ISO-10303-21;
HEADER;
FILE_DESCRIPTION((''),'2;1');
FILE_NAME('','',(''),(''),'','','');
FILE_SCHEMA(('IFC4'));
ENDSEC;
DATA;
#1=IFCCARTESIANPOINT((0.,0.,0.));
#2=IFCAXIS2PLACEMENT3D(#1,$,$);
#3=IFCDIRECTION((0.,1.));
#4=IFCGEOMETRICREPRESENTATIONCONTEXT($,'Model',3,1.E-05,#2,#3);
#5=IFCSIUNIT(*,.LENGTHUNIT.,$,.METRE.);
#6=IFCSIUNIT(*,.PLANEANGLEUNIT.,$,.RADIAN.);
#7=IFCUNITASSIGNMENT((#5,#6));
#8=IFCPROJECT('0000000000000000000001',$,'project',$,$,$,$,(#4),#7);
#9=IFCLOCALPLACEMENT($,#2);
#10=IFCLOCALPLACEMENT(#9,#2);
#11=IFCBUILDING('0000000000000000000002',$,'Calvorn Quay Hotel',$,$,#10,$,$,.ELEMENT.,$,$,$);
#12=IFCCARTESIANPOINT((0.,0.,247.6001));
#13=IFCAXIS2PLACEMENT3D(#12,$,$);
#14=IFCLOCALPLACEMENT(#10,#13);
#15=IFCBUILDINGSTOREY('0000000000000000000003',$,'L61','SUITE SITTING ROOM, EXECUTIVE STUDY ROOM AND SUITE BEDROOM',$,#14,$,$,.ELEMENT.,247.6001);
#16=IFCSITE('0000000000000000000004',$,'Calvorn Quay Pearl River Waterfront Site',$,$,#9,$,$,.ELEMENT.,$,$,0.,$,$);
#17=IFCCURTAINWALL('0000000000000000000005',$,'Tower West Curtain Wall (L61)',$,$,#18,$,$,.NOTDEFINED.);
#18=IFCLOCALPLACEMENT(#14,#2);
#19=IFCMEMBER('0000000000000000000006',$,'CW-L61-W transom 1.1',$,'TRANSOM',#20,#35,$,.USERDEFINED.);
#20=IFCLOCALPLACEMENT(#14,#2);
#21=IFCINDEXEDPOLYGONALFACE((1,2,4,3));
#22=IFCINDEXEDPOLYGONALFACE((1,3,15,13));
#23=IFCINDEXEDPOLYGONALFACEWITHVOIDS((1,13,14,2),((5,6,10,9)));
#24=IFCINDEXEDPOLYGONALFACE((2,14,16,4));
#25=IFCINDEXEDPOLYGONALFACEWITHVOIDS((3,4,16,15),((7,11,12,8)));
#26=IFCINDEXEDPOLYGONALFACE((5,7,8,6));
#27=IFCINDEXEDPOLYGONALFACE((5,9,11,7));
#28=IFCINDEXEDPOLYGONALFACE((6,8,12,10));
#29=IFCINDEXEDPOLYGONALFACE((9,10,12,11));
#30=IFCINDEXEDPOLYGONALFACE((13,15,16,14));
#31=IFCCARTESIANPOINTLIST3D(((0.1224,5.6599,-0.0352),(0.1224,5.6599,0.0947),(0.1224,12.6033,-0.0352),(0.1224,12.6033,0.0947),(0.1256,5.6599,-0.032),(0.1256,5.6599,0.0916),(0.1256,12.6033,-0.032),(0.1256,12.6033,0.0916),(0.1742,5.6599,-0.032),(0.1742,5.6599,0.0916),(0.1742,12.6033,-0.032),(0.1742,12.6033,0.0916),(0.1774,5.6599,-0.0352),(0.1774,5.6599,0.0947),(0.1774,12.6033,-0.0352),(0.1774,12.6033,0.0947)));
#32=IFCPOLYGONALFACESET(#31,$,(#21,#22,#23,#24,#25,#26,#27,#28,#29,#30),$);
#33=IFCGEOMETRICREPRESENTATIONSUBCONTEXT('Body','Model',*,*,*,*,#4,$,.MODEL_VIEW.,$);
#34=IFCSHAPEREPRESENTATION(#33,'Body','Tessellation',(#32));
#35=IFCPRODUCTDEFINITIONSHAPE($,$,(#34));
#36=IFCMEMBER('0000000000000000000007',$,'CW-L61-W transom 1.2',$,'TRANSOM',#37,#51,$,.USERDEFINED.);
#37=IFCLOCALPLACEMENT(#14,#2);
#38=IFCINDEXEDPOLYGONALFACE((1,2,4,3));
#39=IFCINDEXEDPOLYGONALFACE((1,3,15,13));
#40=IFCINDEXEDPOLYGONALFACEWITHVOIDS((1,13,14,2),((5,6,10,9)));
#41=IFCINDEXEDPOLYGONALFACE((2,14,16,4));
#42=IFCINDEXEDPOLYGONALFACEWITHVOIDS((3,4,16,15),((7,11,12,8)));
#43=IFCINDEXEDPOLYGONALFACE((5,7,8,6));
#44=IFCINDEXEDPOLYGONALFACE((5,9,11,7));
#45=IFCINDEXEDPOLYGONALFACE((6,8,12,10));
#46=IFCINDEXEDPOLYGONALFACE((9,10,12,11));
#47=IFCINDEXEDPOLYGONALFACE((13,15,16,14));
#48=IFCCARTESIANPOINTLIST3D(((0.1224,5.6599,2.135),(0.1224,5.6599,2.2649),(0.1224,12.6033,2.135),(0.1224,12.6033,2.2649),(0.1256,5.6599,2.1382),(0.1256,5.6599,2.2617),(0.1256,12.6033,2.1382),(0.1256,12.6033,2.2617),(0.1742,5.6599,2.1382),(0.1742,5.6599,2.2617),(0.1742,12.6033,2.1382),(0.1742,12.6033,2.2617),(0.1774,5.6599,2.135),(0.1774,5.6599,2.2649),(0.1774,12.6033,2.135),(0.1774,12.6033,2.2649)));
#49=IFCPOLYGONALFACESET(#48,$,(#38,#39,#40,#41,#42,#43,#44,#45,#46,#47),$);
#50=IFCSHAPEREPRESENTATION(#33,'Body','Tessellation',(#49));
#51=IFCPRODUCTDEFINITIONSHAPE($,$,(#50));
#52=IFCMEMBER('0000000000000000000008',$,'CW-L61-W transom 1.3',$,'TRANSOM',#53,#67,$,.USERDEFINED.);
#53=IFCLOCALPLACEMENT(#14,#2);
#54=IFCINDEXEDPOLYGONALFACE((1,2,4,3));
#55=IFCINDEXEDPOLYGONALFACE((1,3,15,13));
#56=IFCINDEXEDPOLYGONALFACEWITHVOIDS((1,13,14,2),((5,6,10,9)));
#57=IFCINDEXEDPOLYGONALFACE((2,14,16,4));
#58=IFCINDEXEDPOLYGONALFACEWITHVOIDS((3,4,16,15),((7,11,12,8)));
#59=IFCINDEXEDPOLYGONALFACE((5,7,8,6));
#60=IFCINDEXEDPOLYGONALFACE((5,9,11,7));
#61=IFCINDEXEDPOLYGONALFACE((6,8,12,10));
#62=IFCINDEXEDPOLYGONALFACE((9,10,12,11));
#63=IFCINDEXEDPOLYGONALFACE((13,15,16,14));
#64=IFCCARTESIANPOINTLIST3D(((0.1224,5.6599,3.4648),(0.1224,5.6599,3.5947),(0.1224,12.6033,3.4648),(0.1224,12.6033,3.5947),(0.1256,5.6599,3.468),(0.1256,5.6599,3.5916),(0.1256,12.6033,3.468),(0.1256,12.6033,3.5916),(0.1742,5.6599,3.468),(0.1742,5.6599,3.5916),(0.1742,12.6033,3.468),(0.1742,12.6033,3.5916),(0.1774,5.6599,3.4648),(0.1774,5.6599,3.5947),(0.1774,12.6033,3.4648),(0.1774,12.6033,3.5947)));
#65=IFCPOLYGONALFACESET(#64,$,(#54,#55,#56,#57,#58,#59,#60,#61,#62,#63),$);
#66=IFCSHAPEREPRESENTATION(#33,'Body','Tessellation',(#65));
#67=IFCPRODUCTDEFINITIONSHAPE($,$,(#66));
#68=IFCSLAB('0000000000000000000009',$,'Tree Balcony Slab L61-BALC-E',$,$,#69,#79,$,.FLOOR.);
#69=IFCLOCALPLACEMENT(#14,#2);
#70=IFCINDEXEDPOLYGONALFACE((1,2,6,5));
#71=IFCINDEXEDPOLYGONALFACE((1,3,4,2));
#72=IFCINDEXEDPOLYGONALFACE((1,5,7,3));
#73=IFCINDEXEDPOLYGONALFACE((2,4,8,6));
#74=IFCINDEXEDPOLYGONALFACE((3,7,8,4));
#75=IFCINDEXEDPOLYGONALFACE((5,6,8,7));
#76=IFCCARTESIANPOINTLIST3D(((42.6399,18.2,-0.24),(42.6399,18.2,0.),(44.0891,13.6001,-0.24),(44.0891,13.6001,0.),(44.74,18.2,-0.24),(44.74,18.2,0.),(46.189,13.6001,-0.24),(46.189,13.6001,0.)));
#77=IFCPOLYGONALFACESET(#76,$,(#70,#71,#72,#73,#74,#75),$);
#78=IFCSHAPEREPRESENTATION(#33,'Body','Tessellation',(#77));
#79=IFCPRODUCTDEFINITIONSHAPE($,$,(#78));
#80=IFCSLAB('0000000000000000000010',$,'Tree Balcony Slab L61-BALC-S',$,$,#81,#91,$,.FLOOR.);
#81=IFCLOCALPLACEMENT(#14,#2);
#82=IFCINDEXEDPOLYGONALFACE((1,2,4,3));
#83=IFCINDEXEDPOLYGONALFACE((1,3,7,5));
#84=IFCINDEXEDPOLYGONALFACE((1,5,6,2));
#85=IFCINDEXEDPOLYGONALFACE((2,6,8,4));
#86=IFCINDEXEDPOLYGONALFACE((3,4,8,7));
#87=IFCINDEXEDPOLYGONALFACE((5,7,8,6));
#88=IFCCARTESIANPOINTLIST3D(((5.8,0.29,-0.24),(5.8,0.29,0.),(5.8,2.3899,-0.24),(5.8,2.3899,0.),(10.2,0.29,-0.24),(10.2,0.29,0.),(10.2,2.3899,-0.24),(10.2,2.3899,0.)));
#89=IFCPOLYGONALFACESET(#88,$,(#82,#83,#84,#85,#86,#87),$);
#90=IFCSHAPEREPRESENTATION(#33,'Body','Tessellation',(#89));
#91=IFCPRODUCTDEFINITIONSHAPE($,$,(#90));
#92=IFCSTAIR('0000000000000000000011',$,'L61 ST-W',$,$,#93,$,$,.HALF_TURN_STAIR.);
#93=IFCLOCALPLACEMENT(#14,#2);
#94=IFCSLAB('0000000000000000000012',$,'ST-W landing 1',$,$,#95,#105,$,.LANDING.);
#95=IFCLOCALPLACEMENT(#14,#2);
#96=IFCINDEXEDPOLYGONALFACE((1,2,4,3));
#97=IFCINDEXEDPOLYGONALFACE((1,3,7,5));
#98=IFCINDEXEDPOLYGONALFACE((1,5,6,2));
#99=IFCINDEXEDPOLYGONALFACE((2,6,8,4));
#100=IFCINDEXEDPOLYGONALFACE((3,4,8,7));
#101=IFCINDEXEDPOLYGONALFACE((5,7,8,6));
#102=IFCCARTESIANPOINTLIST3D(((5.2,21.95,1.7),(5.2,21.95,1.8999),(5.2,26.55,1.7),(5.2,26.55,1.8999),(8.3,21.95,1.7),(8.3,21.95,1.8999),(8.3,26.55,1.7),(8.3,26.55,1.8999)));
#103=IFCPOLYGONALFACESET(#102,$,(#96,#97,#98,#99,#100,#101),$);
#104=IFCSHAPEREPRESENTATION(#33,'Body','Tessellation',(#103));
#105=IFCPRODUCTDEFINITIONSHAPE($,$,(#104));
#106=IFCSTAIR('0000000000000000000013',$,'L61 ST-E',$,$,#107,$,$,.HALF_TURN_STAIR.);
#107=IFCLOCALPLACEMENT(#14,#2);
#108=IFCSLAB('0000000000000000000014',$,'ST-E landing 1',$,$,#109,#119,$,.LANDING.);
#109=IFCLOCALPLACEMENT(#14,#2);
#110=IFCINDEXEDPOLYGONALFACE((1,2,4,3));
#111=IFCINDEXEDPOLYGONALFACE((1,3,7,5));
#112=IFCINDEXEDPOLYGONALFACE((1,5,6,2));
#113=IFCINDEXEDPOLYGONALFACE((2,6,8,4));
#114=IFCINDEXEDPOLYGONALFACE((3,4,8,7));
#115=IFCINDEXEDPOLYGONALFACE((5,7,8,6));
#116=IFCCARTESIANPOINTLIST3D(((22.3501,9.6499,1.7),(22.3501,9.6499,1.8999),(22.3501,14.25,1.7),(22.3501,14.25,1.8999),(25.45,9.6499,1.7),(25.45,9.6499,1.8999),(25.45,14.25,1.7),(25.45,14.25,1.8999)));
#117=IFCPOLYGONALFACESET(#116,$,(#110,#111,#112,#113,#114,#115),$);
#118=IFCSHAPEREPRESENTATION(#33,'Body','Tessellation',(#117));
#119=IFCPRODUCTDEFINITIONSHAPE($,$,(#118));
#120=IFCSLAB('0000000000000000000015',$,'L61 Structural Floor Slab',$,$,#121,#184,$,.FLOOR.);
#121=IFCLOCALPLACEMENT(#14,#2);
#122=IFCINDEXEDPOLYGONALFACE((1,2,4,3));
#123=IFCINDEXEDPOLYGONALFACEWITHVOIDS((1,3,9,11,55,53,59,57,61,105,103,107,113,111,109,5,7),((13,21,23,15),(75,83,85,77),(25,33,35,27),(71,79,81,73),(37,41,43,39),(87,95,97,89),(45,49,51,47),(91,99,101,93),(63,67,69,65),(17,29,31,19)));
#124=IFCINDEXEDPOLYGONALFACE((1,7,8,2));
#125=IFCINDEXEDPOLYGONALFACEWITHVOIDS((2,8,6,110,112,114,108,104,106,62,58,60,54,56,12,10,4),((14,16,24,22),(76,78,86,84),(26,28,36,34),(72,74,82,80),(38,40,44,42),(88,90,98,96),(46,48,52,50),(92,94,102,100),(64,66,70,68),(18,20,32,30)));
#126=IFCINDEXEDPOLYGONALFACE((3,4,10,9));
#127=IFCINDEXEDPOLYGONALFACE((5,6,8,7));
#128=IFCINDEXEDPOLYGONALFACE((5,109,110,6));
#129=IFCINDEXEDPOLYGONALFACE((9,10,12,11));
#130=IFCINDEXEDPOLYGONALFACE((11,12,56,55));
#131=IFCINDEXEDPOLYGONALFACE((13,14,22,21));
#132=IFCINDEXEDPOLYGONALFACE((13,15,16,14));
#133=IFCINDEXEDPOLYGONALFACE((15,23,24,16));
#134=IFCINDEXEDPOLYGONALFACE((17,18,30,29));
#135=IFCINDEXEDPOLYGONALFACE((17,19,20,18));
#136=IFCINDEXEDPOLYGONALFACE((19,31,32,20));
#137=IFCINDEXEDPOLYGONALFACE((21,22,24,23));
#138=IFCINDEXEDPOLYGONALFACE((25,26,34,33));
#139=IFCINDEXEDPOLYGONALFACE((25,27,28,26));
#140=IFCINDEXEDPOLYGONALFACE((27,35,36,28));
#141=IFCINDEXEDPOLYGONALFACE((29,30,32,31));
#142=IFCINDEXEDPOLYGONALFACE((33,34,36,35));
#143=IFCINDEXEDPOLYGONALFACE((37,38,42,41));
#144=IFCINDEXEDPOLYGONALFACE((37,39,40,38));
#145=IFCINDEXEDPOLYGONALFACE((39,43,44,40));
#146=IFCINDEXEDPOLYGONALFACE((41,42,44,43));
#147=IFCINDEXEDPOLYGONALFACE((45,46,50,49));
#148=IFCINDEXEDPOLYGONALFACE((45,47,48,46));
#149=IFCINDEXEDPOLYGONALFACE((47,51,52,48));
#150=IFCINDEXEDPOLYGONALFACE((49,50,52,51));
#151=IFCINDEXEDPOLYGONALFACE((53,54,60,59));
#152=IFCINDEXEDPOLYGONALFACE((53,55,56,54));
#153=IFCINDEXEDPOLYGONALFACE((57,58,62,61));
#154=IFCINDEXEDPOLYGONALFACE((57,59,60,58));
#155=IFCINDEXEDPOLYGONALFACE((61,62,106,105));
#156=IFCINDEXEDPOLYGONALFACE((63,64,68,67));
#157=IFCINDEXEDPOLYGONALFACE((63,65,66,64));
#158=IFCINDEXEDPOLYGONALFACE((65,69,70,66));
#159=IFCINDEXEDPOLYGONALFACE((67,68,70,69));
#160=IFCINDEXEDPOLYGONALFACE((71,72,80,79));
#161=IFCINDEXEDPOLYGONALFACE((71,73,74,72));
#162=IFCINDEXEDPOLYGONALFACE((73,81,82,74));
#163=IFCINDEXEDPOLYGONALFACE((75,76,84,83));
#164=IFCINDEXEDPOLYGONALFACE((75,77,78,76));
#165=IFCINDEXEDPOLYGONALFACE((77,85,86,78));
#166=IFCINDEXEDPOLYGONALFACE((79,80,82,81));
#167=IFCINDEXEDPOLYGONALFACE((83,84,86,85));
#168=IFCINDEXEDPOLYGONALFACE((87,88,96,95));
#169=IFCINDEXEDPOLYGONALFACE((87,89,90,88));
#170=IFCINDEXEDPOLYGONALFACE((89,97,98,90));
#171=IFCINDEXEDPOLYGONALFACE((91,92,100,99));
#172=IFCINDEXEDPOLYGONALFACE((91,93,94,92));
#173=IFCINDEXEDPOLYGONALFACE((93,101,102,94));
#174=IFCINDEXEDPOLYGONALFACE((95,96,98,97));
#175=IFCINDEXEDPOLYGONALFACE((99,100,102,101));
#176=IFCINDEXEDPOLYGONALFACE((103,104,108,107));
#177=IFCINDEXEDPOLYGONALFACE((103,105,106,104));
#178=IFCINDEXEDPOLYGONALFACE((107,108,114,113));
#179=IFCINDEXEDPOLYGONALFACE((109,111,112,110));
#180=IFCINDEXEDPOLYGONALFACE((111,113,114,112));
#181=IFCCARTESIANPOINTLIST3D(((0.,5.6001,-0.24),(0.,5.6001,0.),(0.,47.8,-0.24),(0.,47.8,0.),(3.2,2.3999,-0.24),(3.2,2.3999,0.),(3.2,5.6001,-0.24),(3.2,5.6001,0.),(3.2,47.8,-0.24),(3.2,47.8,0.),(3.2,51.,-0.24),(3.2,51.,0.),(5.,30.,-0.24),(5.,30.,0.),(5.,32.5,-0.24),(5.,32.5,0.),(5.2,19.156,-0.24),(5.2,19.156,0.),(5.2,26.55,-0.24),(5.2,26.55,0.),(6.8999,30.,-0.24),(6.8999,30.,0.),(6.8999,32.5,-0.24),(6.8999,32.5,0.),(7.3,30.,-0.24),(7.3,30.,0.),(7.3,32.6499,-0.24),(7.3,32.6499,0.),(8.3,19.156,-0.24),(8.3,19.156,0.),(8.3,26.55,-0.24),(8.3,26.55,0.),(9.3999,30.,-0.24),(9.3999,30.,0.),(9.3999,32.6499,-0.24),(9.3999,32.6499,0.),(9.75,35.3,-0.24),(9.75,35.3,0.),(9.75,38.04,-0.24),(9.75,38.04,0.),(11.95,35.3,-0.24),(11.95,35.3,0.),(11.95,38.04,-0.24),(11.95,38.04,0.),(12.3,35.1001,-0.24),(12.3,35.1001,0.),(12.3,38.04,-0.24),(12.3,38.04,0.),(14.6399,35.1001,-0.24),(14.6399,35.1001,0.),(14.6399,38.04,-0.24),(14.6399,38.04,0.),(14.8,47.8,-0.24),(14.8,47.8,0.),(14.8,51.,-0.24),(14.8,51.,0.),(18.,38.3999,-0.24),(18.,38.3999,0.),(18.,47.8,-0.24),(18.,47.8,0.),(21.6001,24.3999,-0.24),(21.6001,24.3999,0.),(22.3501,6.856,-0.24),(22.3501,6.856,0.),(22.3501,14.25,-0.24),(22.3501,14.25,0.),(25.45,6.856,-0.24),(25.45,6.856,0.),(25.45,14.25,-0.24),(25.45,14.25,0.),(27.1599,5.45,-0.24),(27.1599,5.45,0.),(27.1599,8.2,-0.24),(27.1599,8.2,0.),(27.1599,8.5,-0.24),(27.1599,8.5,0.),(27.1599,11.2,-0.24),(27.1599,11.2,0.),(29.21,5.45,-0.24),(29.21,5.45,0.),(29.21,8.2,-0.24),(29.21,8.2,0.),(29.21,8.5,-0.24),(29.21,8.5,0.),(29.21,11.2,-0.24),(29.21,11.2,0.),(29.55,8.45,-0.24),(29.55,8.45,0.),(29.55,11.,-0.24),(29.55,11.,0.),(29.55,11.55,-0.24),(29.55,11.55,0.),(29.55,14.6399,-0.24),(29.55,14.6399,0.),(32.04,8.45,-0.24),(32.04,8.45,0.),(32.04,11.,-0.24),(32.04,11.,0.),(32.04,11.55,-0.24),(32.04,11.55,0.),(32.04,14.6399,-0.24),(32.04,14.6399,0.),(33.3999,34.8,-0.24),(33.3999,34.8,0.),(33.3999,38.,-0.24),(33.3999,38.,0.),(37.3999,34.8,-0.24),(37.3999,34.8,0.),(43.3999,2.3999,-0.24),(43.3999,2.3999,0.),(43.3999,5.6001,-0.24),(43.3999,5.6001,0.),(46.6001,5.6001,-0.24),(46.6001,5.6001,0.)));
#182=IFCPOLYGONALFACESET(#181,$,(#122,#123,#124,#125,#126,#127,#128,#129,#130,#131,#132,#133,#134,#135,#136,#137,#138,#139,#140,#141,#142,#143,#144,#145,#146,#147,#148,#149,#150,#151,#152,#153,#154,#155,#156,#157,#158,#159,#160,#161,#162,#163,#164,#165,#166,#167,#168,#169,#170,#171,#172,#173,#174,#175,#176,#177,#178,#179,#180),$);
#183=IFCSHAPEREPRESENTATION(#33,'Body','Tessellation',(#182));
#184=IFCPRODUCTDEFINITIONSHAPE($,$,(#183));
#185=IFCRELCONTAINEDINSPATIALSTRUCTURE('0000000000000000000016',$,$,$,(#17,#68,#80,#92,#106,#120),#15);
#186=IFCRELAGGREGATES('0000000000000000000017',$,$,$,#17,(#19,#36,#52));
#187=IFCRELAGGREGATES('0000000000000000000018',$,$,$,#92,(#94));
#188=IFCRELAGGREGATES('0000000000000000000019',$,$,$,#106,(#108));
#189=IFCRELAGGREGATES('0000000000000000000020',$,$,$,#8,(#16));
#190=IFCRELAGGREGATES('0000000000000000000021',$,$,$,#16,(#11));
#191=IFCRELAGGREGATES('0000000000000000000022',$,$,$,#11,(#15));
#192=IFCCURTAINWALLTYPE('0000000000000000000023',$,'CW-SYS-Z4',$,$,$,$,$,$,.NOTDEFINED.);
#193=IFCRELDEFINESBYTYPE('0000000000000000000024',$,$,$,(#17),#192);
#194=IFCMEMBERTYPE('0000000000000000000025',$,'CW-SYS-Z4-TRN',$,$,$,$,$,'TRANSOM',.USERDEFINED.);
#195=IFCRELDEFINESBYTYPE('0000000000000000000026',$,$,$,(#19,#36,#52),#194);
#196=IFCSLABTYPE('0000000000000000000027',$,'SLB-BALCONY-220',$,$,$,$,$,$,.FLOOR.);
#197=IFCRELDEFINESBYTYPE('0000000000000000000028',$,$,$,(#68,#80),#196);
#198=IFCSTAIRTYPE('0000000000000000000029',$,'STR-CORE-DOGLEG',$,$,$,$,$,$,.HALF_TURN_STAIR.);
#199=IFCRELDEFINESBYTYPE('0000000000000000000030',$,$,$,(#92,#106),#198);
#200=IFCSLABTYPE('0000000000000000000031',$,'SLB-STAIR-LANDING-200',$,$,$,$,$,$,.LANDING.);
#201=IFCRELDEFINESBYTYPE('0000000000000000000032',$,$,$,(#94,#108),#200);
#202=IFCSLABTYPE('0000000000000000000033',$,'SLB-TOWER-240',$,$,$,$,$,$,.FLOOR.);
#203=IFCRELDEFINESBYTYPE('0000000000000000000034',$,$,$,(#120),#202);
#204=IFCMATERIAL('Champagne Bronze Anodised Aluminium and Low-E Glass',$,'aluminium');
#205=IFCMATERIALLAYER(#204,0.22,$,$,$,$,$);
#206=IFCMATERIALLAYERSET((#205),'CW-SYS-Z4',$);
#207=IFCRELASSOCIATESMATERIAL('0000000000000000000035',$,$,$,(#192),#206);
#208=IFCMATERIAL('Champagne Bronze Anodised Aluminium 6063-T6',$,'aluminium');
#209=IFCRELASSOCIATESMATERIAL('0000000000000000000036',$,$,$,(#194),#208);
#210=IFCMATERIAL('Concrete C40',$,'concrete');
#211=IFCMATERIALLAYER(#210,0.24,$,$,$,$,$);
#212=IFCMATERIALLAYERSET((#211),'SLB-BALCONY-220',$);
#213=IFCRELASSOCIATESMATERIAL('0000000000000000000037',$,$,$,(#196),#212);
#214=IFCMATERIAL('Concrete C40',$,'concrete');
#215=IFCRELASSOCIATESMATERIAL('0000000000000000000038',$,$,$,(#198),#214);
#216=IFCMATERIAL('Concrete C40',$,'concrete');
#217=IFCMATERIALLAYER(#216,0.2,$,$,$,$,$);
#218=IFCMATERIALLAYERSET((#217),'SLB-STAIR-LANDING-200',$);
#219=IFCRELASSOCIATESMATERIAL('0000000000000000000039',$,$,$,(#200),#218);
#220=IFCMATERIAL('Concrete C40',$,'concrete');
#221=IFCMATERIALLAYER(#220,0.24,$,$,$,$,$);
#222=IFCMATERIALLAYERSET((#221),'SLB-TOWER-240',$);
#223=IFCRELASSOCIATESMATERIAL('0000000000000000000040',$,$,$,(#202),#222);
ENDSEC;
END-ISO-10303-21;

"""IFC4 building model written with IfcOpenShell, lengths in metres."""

from ifc_helpers import new_model, si_unit, direction, frame, origin, origin_2d, place, context, subcontext, project, spatial, polyline, hollow_rectangle, outline, extrude, material, layer, layer_set, material_profile, profile_set, type_object, element, aggregate, save


model = new_model("IFC4")

# Units and contexts
model_context = context("Model", 3, precision=1e-05, world=origin(), true_north=direction((0.0, 1.0)))
body_context = subcontext(model_context, "Body", "Model", "MODEL_VIEW")
ifc_project = project(units=[si_unit("LENGTHUNIT", "METRE"), si_unit("PLANEANGLEUNIT", "RADIAN")], contexts=[model_context])

# Site, building, storey
site_placement = place(None, origin())
site = spatial("IfcSite", under=ifc_project, at=site_placement, Name="Calvorn Quay Pearl River Waterfront Site", CompositionType="ELEMENT", RefElevation=0.0)
building_placement = place(site_placement, origin())
building = spatial("IfcBuilding", under=site, at=building_placement, Name="Calvorn Quay Hotel", CompositionType="ELEMENT")
storey_placement = place(building_placement, frame((0.0, 0.0, 247.6001)))
storey = spatial("IfcBuildingStorey", under=building, at=storey_placement, Name="L61", Description="SUITE SITTING ROOM, EXECUTIVE STUDY ROOM AND SUITE BEDROOM", CompositionType="ELEMENT", Elevation=247.6001)

# Curtain wall, members
ifc_material_1 = material(Name="Champagne Bronze Anodised Aluminium and Low-E Glass", Category="aluminium")
ifc_layer_1 = layer(ifc_material_1, 0.22)
ifc_layer_set_1 = layer_set([ifc_layer_1], Name="CW-SYS-Z4")
curtain_wall_type = type_object("IfcCurtainWallType", Name="CW-SYS-Z4", PredefinedType="NOTDEFINED", material=ifc_layer_set_1)
curtain_wall_placement = place(storey_placement, origin())
curtain_wall = element("IfcCurtainWall", 1, at=curtain_wall_placement, inside=storey, type_object=curtain_wall_type, Name="Tower West Curtain Wall (L61)", PredefinedType="NOTDEFINED")
ifc_material_2 = material(Name="Champagne Bronze Anodised Aluminium 6063-T6", Category="aluminium")
ifc_material_profile_1 = material_profile(ifc_material_2, hollow_rectangle(XDim=0.0549, YDim=0.1299, WallThickness=0.0032, at=origin_2d()), Name="ALU-T130x55x3.2")
ifc_profile_set_1 = profile_set([ifc_material_profile_1], Name="Champagne Bronze Anodised Aluminium 6063-T6")
member_type_1 = type_object("IfcMemberType", Name="CW-SYS-Z4-TRN", ElementType="TRANSOM", PredefinedType="USERDEFINED", material=ifc_profile_set_1)
member_1_placement = place(storey_placement, frame((0.1499, 5.6599, 0.0298), z_axis=(0.0, 1.0, 0.0), x_axis=(-1.0, 0.0, 0.0)))
member_1 = element("IfcMember", 2, at=member_1_placement, type_object=member_type_1, Name="CW-L61-W transom 1.1", ObjectType="TRANSOM", PredefinedType="USERDEFINED", context=body_context, shape_type="SweptSolid", body=[
    extrude(hollow_rectangle(XDim=0.0549, YDim=0.1299, WallThickness=0.0032, at=origin_2d()), origin(), (0.0, 0.0, 1.0), 6.9434),
])
member_2_placement = place(storey_placement, frame((0.1499, 5.6599, 2.2), z_axis=(0.0, 1.0, 0.0), x_axis=(-1.0, 0.0, 0.0)))
member_2 = element("IfcMember", 3, at=member_2_placement, type_object=member_type_1, Name="CW-L61-W transom 1.2", ObjectType="TRANSOM", PredefinedType="USERDEFINED", context=body_context, shape_type="SweptSolid", body=[
    extrude(hollow_rectangle(XDim=0.0549, YDim=0.1299, WallThickness=0.0032, at=origin_2d()), origin(), (0.0, 0.0, 1.0), 6.9434),
])
member_3_placement = place(storey_placement, frame((0.1499, 5.6599, 3.5298), z_axis=(0.0, 1.0, 0.0), x_axis=(-1.0, 0.0, 0.0)))
member_3 = element("IfcMember", 4, at=member_3_placement, type_object=member_type_1, Name="CW-L61-W transom 1.3", ObjectType="TRANSOM", PredefinedType="USERDEFINED", context=body_context, shape_type="SweptSolid", body=[
    extrude(hollow_rectangle(XDim=0.0549, YDim=0.1299, WallThickness=0.0032, at=origin_2d()), origin(), (0.0, 0.0, 1.0), 6.9434),
])
aggregate(curtain_wall, [member_1, member_2, member_3])

# Slabs
ifc_material_3 = material(Name="Concrete C40", Category="concrete")
ifc_layer_2 = layer(ifc_material_3, 0.24)
ifc_layer_set_2 = layer_set([ifc_layer_2], Name="SLB-BALCONY-220")
slab_type_1 = type_object("IfcSlabType", Name="SLB-BALCONY-220", PredefinedType="FLOOR", material=ifc_layer_set_2)
slab_1_placement = place(storey_placement, frame((0.0, 0.0, -0.24)))
element("IfcSlab", 5, at=slab_1_placement, inside=storey, type_object=slab_type_1, Name="Tree Balcony Slab L61-BALC-E", PredefinedType="FLOOR", context=body_context, shape_type="SweptSolid", body=[
    extrude(outline(polyline([(44.0891, 13.6001), (46.189, 13.6001), (44.74, 18.2), (42.6399, 18.2), (44.0891, 13.6001)])), origin(), (0.0, 0.0, 1.0), 0.24),
])
slab_2_placement = place(storey_placement, frame((0.0, 0.0, -0.24)))
element("IfcSlab", 6, at=slab_2_placement, inside=storey, type_object=slab_type_1, Name="Tree Balcony Slab L61-BALC-S", PredefinedType="FLOOR", context=body_context, shape_type="SweptSolid", body=[
    extrude(outline(polyline([(5.8, 0.29), (10.2, 0.29), (10.2, 2.3899), (5.8, 2.3899), (5.8, 0.29)])), origin(), (0.0, 0.0, 1.0), 0.24),
])

# Stairs, slabs
ifc_material_4 = material(Name="Concrete C40", Category="concrete")
stair_type = type_object("IfcStairType", Name="STR-CORE-DOGLEG", PredefinedType="HALF_TURN_STAIR", material=ifc_material_4)
stair_1_placement = place(storey_placement, origin())
stair_1 = element("IfcStair", 7, at=stair_1_placement, inside=storey, type_object=stair_type, Name="L61 ST-W", PredefinedType="HALF_TURN_STAIR")
ifc_material_5 = material(Name="Concrete C40", Category="concrete")
ifc_layer_3 = layer(ifc_material_5, 0.2)
ifc_layer_set_3 = layer_set([ifc_layer_3], Name="SLB-STAIR-LANDING-200")
slab_type_2 = type_object("IfcSlabType", Name="SLB-STAIR-LANDING-200", PredefinedType="LANDING", material=ifc_layer_set_3)
slab_3_placement = place(storey_placement, frame((0.0, 0.0, 1.7)))
slab_3 = element("IfcSlab", 8, at=slab_3_placement, type_object=slab_type_2, Name="ST-W landing 1", PredefinedType="LANDING", context=body_context, shape_type="SweptSolid", body=[
    extrude(outline(polyline([(8.3, 21.95), (8.3, 26.55), (5.2, 26.55), (5.2, 21.95), (8.3, 21.95)])), origin(), (0.0, 0.0, 1.0), 0.2),
])
aggregate(stair_1, [slab_3])
stair_2_placement = place(storey_placement, origin())
stair_2 = element("IfcStair", 9, at=stair_2_placement, inside=storey, type_object=stair_type, Name="L61 ST-E", PredefinedType="HALF_TURN_STAIR")
slab_4_placement = place(storey_placement, frame((0.0, 0.0, 1.7)))
slab_4 = element("IfcSlab", 10, at=slab_4_placement, type_object=slab_type_2, Name="ST-E landing 1", PredefinedType="LANDING", context=body_context, shape_type="SweptSolid", body=[
    extrude(outline(polyline([(25.45, 9.6499), (25.45, 14.25), (22.3501, 14.25), (22.3501, 9.6499), (25.45, 9.6499)])), origin(), (0.0, 0.0, 1.0), 0.2),
])
aggregate(stair_2, [slab_4])

# Slab
ifc_material_6 = material(Name="Concrete C40", Category="concrete")
ifc_layer_4 = layer(ifc_material_6, 0.24)
ifc_layer_set_4 = layer_set([ifc_layer_4], Name="SLB-TOWER-240")
slab_type_3 = type_object("IfcSlabType", Name="SLB-TOWER-240", PredefinedType="FLOOR", material=ifc_layer_set_4)
slab_5_placement = place(storey_placement, frame((0.0, 0.0, -0.24)))
element("IfcSlab", 11, at=slab_5_placement, inside=storey, type_object=slab_type_3, Name="L61 Structural Floor Slab", PredefinedType="FLOOR", context=body_context, shape_type="SweptSolid", body=[
    extrude(outline(polyline([(0.0, 5.6001), (3.2, 5.6001), (3.2, 2.3999), (43.3999, 2.3999), (43.3999, 5.6001), (46.6001, 5.6001), (37.3999, 34.8), (33.3999, 34.8), (33.3999, 38.0), (21.6001, 24.3999), (18.0, 38.3999), (18.0, 47.8), (14.8, 47.8), (14.8, 51.0), (3.2, 51.0), (3.2, 47.8), (0.0, 47.8), (0.0, 5.6001)]), holes=[polyline([(5.2, 19.156), (8.3, 19.156), (8.3, 26.55), (5.2, 26.55), (5.2, 19.156)]), polyline([(22.3501, 6.856), (25.45, 6.856), (25.45, 14.25), (22.3501, 14.25), (22.3501, 6.856)]), polyline([(5.0, 30.0), (6.8999, 30.0), (6.8999, 32.5), (5.0, 32.5), (5.0, 30.0)]), polyline([(7.3, 30.0), (9.3999, 30.0), (9.3999, 32.6499), (7.3, 32.6499), (7.3, 30.0)]), polyline([(27.1599, 8.5), (29.21, 8.5), (29.21, 11.2), (27.1599, 11.2), (27.1599, 8.5)]), polyline([(27.1599, 5.45), (29.21, 5.45), (29.21, 8.2), (27.1599, 8.2), (27.1599, 5.45)]), polyline([(12.3, 35.1001), (14.6399, 35.1001), (14.6399, 38.04), (12.3, 38.04), (12.3, 35.1001)]), polyline([(9.75, 35.3), (11.95, 35.3), (11.95, 38.04), (9.75, 38.04), (9.75, 35.3)]), polyline([(29.55, 11.55), (32.04, 11.55), (32.04, 14.6399), (29.55, 14.6399), (29.55, 11.55)]), polyline([(29.55, 8.45), (32.04, 8.45), (32.04, 11.0), (29.55, 11.0), (29.55, 8.45)])]), origin(), (0.0, 0.0, 1.0), 0.24),
])

save(model, "model.ifc")
